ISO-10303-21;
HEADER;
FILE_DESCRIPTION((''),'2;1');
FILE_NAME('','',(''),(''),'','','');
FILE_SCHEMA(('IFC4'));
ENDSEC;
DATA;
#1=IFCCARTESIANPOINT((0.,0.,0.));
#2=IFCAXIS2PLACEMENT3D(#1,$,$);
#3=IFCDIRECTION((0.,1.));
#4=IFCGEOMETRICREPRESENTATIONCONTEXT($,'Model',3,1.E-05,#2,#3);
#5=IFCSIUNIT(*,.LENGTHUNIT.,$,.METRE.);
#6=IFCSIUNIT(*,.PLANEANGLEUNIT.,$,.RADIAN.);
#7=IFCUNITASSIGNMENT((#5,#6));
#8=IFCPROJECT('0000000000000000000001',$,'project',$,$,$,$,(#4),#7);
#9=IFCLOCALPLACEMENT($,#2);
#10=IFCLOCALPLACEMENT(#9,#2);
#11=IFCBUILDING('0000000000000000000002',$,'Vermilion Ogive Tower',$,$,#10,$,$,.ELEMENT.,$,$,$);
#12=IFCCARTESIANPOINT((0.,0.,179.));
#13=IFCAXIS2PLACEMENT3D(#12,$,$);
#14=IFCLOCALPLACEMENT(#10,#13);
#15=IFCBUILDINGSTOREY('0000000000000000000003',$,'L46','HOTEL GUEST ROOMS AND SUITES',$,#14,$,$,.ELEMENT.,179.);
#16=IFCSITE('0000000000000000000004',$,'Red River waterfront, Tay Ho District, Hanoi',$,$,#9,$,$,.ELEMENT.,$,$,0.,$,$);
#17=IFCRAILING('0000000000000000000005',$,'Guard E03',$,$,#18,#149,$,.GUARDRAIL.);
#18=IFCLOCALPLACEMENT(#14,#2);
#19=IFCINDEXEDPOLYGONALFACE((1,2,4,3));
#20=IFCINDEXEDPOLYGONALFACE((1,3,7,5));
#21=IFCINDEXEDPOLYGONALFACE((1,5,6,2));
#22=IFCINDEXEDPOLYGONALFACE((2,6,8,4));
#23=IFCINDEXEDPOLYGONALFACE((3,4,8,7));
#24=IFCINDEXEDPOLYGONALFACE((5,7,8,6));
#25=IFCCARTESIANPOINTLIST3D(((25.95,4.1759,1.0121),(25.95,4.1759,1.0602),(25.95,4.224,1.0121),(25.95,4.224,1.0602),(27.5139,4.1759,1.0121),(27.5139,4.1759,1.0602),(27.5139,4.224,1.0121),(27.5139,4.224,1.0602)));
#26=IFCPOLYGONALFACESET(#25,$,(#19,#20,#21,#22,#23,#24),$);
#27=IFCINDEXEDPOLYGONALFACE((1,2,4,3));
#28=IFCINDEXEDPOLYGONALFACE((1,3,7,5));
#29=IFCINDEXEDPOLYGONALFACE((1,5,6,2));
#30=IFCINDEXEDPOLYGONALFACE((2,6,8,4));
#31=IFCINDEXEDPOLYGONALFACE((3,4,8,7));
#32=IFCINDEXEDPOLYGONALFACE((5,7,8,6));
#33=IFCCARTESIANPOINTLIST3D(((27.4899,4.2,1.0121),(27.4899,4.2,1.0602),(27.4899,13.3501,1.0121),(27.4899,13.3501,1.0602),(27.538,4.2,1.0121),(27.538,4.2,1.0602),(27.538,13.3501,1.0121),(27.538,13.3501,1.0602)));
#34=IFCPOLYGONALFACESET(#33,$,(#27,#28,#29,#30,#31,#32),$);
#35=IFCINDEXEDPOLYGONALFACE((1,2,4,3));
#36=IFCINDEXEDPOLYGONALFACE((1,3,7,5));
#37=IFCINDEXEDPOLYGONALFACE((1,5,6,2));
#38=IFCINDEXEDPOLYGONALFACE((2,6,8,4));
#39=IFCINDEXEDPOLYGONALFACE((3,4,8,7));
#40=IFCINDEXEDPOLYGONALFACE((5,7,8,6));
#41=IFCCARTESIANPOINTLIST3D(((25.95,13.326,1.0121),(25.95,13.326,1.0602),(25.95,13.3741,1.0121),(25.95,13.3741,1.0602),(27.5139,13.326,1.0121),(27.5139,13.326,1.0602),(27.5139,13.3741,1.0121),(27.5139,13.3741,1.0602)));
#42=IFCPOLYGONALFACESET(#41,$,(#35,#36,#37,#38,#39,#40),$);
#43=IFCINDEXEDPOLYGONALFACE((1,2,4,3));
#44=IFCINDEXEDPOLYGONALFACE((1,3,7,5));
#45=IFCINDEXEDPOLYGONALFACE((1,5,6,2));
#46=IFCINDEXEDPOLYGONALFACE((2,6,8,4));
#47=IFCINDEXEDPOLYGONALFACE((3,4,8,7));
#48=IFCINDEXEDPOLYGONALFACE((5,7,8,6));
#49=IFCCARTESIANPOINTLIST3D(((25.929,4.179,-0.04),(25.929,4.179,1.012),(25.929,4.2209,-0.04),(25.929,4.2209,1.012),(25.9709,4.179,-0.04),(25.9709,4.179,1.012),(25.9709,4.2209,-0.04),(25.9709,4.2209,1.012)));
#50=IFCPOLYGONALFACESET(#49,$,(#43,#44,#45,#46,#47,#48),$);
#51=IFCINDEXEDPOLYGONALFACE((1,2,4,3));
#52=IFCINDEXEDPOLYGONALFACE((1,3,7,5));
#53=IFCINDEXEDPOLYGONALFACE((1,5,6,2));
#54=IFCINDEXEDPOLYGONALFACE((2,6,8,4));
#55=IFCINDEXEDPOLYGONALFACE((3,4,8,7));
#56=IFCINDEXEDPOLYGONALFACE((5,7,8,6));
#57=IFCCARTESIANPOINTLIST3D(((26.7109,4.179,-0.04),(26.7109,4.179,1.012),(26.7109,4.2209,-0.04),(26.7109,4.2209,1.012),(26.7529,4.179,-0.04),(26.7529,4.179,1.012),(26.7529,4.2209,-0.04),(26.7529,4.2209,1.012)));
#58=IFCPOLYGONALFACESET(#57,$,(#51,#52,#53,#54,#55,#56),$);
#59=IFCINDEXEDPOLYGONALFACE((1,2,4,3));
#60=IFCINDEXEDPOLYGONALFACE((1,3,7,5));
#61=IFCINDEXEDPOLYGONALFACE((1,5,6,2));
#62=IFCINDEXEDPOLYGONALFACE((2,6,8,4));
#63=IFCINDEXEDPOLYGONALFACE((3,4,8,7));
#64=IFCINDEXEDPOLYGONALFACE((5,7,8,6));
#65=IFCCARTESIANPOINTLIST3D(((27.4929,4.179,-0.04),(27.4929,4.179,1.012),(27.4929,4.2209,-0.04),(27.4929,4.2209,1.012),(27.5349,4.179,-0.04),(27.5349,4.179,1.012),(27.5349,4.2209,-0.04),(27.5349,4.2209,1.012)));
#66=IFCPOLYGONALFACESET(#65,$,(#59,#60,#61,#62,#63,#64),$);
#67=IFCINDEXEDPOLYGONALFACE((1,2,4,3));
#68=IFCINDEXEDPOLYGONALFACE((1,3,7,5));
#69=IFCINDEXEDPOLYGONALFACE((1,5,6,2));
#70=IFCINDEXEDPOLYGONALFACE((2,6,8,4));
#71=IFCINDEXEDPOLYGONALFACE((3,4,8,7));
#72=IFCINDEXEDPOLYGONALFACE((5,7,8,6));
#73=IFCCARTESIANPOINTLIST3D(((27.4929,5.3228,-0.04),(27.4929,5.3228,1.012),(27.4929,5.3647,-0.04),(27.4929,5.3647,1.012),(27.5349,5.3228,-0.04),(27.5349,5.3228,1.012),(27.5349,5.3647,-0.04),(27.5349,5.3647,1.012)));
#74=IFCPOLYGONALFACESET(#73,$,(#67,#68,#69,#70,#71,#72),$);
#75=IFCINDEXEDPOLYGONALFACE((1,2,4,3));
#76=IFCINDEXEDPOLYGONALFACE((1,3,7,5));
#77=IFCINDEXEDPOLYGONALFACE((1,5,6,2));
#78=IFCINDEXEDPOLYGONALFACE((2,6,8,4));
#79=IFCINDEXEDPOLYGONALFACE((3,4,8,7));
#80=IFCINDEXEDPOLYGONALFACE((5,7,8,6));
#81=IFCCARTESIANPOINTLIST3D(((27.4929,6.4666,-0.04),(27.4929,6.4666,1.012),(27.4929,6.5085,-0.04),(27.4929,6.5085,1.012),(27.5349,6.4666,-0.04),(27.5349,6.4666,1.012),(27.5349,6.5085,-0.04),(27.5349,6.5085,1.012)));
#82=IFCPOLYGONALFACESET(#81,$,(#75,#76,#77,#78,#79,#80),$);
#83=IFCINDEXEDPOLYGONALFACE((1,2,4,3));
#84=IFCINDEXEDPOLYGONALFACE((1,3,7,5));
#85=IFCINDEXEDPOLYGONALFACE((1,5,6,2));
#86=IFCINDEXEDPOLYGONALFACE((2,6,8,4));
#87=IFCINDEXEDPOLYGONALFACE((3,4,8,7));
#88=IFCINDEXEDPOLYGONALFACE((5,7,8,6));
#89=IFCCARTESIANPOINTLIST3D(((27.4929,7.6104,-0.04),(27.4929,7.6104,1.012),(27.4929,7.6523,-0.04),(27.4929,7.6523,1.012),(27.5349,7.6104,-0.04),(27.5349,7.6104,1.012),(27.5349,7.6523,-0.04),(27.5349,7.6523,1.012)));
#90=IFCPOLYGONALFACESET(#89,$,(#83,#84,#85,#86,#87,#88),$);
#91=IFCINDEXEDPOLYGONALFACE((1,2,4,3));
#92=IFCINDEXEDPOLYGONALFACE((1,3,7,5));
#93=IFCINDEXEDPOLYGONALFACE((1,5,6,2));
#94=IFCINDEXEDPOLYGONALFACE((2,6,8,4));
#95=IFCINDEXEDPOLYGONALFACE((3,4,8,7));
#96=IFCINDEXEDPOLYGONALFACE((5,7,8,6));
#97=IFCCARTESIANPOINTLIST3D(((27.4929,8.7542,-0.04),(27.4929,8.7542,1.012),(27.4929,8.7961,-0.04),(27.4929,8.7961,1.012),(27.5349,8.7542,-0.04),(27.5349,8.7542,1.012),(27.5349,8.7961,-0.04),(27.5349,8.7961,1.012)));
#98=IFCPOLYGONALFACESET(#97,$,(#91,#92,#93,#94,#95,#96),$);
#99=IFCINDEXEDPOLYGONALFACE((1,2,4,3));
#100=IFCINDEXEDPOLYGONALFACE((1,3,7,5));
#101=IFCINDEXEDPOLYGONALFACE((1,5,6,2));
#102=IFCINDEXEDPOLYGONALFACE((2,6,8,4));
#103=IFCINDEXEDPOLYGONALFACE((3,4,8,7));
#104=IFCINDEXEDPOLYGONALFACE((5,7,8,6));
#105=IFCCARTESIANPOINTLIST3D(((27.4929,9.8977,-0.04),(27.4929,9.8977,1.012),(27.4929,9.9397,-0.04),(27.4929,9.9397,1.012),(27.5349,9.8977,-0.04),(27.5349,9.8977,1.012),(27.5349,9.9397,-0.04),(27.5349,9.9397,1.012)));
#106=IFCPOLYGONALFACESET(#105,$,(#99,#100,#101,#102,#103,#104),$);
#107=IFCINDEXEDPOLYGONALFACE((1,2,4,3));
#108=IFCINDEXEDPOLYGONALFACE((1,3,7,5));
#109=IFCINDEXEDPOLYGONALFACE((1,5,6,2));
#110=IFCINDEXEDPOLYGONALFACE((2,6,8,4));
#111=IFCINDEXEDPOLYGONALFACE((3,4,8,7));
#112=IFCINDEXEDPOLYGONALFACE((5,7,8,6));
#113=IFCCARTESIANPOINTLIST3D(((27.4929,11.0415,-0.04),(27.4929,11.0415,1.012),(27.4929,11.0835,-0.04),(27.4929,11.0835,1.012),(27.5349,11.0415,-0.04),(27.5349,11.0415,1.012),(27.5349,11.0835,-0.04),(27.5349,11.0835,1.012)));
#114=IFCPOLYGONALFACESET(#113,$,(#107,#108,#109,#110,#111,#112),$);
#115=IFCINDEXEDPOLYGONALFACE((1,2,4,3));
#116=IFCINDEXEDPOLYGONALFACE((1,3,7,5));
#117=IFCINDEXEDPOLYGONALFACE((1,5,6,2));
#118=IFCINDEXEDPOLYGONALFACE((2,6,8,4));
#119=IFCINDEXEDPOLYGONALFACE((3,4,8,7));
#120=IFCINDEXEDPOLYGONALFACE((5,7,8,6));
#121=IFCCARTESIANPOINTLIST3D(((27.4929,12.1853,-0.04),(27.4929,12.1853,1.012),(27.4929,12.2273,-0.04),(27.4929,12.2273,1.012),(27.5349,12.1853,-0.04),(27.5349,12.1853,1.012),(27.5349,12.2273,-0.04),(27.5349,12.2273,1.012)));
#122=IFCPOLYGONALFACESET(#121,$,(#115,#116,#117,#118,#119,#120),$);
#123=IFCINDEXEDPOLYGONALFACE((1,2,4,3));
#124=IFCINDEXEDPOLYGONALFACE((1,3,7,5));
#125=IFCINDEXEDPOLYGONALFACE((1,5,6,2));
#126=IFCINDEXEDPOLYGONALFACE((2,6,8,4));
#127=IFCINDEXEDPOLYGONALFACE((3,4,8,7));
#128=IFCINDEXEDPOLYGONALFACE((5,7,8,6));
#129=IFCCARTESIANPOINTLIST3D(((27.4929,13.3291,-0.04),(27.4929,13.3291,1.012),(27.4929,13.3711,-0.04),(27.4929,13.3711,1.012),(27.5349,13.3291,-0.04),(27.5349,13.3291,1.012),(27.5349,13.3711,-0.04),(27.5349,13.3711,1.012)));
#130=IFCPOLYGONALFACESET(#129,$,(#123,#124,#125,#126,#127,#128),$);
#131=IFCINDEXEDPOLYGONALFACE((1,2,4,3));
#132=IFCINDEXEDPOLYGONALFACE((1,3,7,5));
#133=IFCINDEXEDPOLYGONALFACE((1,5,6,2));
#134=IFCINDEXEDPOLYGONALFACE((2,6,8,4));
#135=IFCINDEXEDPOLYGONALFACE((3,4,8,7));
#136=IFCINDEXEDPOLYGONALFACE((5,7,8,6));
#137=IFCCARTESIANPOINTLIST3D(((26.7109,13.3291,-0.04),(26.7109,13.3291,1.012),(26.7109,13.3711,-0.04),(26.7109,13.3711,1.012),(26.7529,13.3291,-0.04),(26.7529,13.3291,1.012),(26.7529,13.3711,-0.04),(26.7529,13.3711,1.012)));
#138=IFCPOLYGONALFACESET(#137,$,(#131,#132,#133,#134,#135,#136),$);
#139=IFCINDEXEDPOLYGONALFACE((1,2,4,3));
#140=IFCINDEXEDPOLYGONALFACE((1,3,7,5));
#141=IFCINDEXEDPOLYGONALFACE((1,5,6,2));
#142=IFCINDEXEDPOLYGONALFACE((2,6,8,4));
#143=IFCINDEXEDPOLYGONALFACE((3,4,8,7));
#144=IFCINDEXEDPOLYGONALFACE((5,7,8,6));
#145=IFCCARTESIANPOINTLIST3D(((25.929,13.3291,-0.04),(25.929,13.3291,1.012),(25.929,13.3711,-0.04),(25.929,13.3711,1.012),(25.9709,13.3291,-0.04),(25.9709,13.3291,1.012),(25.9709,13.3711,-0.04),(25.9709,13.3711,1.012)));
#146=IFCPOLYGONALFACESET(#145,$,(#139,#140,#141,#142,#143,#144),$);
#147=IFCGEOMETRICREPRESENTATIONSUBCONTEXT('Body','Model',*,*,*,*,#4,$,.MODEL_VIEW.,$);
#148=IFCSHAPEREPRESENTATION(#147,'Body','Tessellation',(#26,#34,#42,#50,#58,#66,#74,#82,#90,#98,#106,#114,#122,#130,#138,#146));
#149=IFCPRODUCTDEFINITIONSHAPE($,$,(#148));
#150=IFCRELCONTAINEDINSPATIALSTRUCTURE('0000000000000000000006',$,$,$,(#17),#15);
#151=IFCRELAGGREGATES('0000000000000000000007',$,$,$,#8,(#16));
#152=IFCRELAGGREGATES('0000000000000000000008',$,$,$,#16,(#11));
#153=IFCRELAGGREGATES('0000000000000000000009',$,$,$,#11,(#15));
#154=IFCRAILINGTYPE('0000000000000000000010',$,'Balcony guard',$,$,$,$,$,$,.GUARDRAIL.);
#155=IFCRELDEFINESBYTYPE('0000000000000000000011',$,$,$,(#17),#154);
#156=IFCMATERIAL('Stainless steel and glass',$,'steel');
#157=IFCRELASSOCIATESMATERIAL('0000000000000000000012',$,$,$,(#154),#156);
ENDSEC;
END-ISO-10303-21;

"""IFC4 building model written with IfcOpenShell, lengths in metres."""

from ifc_helpers import new_model, si_unit, direction, frame, origin, origin_2d, place, context, subcontext, project, spatial, rectangle, extrude, material, type_object, element, save


model = new_model("IFC4")

# Units and contexts
model_context = context("Model", 3, precision=1e-05, world=origin(), true_north=direction((0.0, 1.0)))
body_context = subcontext(model_context, "Body", "Model", "MODEL_VIEW")
ifc_project = project(units=[si_unit("LENGTHUNIT", "METRE"), si_unit("PLANEANGLEUNIT", "RADIAN")], contexts=[model_context])

# Site, building, storey
site_placement = place(None, origin())
site = spatial("IfcSite", under=ifc_project, at=site_placement, Name="Red River waterfront, Tay Ho District, Hanoi", CompositionType="ELEMENT", RefElevation=0.0)
building_placement = place(site_placement, origin())
building = spatial("IfcBuilding", under=site, at=building_placement, Name="Vermilion Ogive Tower", CompositionType="ELEMENT")
storey_placement = place(building_placement, frame((0.0, 0.0, 179.0)))
storey = spatial("IfcBuildingStorey", under=building, at=storey_placement, Name="L46", Description="HOTEL GUEST ROOMS AND SUITES", CompositionType="ELEMENT", Elevation=179.0)

# Railing
ifc_material_1 = material(Name="Stainless steel and glass", Category="steel")
railing_type_1 = type_object("IfcRailingType", Name="Balcony guard", PredefinedType="GUARDRAIL", material=ifc_material_1)
railing_1_placement = place(storey_placement, frame((25.95, 4.2, -0.04)))
element("IfcRailing", 1, at=railing_1_placement, inside=storey, type_object=railing_type_1, Name="Guard E03", PredefinedType="GUARDRAIL", context=body_context, shape_type="SweptSolid", body=[
    extrude(rectangle(XDim=0.0481, YDim=0.0481, at=origin_2d()), frame((0.0, 0.0, 1.0762), z_axis=(1.0, 0.0, 0.0), x_axis=(0.0, 1.0, 0.0)), (0.0, 0.0, 1.0), 1.564),
    extrude(rectangle(XDim=0.0481, YDim=0.0481, at=origin_2d()), frame((1.564, 0.0, 1.0762), z_axis=(0.0, 1.0, 0.0), x_axis=(-1.0, 0.0, 0.0)), (0.0, 0.0, 1.0), 9.1501),
    extrude(rectangle(XDim=0.0481, YDim=0.0481, at=origin_2d()), frame((1.564, 9.1501, 1.0762), z_axis=(-1.0, 0.0, 0.0), x_axis=(0.0, -1.0, 0.0)), (0.0, 0.0, 1.0), 1.564),
    extrude(rectangle(XDim=0.042, YDim=0.042, at=origin_2d()), origin(), (0.0, 0.0, 1.0), 1.052),
    extrude(rectangle(XDim=0.042, YDim=0.042, at=origin_2d()), frame((0.782, 0.0, 0.0)), (0.0, 0.0, 1.0), 1.052),
    extrude(rectangle(XDim=0.042, YDim=0.042, at=origin_2d()), frame((1.564, 0.0, 0.0)), (0.0, 0.0, 1.0), 1.052),
    extrude(rectangle(XDim=0.042, YDim=0.042, at=origin_2d()), frame((1.564, 1.1438, 0.0)), (0.0, 0.0, 1.0), 1.052),
    extrude(rectangle(XDim=0.042, YDim=0.042, at=origin_2d()), frame((1.564, 2.2876, 0.0)), (0.0, 0.0, 1.0), 1.052),
    extrude(rectangle(XDim=0.042, YDim=0.042, at=origin_2d()), frame((1.564, 3.4314, 0.0)), (0.0, 0.0, 1.0), 1.052),
    extrude(rectangle(XDim=0.042, YDim=0.042, at=origin_2d()), frame((1.564, 4.5752, 0.0)), (0.0, 0.0, 1.0), 1.052),
    extrude(rectangle(XDim=0.042, YDim=0.042, at=origin_2d()), frame((1.564, 5.7188, 0.0)), (0.0, 0.0, 1.0), 1.052),
    extrude(rectangle(XDim=0.042, YDim=0.042, at=origin_2d()), frame((1.564, 6.8625, 0.0)), (0.0, 0.0, 1.0), 1.052),
    extrude(rectangle(XDim=0.042, YDim=0.042, at=origin_2d()), frame((1.564, 8.0063, 0.0)), (0.0, 0.0, 1.0), 1.052),
    extrude(rectangle(XDim=0.042, YDim=0.042, at=origin_2d()), frame((1.564, 9.1501, 0.0)), (0.0, 0.0, 1.0), 1.052),
    extrude(rectangle(XDim=0.042, YDim=0.042, at=origin_2d()), frame((0.782, 9.1501, 0.0)), (0.0, 0.0, 1.0), 1.052),
    extrude(rectangle(XDim=0.042, YDim=0.042, at=origin_2d()), frame((0.0, 9.1501, 0.0)), (0.0, 0.0, 1.0), 1.052),
])

save(model, "model.ifc")
